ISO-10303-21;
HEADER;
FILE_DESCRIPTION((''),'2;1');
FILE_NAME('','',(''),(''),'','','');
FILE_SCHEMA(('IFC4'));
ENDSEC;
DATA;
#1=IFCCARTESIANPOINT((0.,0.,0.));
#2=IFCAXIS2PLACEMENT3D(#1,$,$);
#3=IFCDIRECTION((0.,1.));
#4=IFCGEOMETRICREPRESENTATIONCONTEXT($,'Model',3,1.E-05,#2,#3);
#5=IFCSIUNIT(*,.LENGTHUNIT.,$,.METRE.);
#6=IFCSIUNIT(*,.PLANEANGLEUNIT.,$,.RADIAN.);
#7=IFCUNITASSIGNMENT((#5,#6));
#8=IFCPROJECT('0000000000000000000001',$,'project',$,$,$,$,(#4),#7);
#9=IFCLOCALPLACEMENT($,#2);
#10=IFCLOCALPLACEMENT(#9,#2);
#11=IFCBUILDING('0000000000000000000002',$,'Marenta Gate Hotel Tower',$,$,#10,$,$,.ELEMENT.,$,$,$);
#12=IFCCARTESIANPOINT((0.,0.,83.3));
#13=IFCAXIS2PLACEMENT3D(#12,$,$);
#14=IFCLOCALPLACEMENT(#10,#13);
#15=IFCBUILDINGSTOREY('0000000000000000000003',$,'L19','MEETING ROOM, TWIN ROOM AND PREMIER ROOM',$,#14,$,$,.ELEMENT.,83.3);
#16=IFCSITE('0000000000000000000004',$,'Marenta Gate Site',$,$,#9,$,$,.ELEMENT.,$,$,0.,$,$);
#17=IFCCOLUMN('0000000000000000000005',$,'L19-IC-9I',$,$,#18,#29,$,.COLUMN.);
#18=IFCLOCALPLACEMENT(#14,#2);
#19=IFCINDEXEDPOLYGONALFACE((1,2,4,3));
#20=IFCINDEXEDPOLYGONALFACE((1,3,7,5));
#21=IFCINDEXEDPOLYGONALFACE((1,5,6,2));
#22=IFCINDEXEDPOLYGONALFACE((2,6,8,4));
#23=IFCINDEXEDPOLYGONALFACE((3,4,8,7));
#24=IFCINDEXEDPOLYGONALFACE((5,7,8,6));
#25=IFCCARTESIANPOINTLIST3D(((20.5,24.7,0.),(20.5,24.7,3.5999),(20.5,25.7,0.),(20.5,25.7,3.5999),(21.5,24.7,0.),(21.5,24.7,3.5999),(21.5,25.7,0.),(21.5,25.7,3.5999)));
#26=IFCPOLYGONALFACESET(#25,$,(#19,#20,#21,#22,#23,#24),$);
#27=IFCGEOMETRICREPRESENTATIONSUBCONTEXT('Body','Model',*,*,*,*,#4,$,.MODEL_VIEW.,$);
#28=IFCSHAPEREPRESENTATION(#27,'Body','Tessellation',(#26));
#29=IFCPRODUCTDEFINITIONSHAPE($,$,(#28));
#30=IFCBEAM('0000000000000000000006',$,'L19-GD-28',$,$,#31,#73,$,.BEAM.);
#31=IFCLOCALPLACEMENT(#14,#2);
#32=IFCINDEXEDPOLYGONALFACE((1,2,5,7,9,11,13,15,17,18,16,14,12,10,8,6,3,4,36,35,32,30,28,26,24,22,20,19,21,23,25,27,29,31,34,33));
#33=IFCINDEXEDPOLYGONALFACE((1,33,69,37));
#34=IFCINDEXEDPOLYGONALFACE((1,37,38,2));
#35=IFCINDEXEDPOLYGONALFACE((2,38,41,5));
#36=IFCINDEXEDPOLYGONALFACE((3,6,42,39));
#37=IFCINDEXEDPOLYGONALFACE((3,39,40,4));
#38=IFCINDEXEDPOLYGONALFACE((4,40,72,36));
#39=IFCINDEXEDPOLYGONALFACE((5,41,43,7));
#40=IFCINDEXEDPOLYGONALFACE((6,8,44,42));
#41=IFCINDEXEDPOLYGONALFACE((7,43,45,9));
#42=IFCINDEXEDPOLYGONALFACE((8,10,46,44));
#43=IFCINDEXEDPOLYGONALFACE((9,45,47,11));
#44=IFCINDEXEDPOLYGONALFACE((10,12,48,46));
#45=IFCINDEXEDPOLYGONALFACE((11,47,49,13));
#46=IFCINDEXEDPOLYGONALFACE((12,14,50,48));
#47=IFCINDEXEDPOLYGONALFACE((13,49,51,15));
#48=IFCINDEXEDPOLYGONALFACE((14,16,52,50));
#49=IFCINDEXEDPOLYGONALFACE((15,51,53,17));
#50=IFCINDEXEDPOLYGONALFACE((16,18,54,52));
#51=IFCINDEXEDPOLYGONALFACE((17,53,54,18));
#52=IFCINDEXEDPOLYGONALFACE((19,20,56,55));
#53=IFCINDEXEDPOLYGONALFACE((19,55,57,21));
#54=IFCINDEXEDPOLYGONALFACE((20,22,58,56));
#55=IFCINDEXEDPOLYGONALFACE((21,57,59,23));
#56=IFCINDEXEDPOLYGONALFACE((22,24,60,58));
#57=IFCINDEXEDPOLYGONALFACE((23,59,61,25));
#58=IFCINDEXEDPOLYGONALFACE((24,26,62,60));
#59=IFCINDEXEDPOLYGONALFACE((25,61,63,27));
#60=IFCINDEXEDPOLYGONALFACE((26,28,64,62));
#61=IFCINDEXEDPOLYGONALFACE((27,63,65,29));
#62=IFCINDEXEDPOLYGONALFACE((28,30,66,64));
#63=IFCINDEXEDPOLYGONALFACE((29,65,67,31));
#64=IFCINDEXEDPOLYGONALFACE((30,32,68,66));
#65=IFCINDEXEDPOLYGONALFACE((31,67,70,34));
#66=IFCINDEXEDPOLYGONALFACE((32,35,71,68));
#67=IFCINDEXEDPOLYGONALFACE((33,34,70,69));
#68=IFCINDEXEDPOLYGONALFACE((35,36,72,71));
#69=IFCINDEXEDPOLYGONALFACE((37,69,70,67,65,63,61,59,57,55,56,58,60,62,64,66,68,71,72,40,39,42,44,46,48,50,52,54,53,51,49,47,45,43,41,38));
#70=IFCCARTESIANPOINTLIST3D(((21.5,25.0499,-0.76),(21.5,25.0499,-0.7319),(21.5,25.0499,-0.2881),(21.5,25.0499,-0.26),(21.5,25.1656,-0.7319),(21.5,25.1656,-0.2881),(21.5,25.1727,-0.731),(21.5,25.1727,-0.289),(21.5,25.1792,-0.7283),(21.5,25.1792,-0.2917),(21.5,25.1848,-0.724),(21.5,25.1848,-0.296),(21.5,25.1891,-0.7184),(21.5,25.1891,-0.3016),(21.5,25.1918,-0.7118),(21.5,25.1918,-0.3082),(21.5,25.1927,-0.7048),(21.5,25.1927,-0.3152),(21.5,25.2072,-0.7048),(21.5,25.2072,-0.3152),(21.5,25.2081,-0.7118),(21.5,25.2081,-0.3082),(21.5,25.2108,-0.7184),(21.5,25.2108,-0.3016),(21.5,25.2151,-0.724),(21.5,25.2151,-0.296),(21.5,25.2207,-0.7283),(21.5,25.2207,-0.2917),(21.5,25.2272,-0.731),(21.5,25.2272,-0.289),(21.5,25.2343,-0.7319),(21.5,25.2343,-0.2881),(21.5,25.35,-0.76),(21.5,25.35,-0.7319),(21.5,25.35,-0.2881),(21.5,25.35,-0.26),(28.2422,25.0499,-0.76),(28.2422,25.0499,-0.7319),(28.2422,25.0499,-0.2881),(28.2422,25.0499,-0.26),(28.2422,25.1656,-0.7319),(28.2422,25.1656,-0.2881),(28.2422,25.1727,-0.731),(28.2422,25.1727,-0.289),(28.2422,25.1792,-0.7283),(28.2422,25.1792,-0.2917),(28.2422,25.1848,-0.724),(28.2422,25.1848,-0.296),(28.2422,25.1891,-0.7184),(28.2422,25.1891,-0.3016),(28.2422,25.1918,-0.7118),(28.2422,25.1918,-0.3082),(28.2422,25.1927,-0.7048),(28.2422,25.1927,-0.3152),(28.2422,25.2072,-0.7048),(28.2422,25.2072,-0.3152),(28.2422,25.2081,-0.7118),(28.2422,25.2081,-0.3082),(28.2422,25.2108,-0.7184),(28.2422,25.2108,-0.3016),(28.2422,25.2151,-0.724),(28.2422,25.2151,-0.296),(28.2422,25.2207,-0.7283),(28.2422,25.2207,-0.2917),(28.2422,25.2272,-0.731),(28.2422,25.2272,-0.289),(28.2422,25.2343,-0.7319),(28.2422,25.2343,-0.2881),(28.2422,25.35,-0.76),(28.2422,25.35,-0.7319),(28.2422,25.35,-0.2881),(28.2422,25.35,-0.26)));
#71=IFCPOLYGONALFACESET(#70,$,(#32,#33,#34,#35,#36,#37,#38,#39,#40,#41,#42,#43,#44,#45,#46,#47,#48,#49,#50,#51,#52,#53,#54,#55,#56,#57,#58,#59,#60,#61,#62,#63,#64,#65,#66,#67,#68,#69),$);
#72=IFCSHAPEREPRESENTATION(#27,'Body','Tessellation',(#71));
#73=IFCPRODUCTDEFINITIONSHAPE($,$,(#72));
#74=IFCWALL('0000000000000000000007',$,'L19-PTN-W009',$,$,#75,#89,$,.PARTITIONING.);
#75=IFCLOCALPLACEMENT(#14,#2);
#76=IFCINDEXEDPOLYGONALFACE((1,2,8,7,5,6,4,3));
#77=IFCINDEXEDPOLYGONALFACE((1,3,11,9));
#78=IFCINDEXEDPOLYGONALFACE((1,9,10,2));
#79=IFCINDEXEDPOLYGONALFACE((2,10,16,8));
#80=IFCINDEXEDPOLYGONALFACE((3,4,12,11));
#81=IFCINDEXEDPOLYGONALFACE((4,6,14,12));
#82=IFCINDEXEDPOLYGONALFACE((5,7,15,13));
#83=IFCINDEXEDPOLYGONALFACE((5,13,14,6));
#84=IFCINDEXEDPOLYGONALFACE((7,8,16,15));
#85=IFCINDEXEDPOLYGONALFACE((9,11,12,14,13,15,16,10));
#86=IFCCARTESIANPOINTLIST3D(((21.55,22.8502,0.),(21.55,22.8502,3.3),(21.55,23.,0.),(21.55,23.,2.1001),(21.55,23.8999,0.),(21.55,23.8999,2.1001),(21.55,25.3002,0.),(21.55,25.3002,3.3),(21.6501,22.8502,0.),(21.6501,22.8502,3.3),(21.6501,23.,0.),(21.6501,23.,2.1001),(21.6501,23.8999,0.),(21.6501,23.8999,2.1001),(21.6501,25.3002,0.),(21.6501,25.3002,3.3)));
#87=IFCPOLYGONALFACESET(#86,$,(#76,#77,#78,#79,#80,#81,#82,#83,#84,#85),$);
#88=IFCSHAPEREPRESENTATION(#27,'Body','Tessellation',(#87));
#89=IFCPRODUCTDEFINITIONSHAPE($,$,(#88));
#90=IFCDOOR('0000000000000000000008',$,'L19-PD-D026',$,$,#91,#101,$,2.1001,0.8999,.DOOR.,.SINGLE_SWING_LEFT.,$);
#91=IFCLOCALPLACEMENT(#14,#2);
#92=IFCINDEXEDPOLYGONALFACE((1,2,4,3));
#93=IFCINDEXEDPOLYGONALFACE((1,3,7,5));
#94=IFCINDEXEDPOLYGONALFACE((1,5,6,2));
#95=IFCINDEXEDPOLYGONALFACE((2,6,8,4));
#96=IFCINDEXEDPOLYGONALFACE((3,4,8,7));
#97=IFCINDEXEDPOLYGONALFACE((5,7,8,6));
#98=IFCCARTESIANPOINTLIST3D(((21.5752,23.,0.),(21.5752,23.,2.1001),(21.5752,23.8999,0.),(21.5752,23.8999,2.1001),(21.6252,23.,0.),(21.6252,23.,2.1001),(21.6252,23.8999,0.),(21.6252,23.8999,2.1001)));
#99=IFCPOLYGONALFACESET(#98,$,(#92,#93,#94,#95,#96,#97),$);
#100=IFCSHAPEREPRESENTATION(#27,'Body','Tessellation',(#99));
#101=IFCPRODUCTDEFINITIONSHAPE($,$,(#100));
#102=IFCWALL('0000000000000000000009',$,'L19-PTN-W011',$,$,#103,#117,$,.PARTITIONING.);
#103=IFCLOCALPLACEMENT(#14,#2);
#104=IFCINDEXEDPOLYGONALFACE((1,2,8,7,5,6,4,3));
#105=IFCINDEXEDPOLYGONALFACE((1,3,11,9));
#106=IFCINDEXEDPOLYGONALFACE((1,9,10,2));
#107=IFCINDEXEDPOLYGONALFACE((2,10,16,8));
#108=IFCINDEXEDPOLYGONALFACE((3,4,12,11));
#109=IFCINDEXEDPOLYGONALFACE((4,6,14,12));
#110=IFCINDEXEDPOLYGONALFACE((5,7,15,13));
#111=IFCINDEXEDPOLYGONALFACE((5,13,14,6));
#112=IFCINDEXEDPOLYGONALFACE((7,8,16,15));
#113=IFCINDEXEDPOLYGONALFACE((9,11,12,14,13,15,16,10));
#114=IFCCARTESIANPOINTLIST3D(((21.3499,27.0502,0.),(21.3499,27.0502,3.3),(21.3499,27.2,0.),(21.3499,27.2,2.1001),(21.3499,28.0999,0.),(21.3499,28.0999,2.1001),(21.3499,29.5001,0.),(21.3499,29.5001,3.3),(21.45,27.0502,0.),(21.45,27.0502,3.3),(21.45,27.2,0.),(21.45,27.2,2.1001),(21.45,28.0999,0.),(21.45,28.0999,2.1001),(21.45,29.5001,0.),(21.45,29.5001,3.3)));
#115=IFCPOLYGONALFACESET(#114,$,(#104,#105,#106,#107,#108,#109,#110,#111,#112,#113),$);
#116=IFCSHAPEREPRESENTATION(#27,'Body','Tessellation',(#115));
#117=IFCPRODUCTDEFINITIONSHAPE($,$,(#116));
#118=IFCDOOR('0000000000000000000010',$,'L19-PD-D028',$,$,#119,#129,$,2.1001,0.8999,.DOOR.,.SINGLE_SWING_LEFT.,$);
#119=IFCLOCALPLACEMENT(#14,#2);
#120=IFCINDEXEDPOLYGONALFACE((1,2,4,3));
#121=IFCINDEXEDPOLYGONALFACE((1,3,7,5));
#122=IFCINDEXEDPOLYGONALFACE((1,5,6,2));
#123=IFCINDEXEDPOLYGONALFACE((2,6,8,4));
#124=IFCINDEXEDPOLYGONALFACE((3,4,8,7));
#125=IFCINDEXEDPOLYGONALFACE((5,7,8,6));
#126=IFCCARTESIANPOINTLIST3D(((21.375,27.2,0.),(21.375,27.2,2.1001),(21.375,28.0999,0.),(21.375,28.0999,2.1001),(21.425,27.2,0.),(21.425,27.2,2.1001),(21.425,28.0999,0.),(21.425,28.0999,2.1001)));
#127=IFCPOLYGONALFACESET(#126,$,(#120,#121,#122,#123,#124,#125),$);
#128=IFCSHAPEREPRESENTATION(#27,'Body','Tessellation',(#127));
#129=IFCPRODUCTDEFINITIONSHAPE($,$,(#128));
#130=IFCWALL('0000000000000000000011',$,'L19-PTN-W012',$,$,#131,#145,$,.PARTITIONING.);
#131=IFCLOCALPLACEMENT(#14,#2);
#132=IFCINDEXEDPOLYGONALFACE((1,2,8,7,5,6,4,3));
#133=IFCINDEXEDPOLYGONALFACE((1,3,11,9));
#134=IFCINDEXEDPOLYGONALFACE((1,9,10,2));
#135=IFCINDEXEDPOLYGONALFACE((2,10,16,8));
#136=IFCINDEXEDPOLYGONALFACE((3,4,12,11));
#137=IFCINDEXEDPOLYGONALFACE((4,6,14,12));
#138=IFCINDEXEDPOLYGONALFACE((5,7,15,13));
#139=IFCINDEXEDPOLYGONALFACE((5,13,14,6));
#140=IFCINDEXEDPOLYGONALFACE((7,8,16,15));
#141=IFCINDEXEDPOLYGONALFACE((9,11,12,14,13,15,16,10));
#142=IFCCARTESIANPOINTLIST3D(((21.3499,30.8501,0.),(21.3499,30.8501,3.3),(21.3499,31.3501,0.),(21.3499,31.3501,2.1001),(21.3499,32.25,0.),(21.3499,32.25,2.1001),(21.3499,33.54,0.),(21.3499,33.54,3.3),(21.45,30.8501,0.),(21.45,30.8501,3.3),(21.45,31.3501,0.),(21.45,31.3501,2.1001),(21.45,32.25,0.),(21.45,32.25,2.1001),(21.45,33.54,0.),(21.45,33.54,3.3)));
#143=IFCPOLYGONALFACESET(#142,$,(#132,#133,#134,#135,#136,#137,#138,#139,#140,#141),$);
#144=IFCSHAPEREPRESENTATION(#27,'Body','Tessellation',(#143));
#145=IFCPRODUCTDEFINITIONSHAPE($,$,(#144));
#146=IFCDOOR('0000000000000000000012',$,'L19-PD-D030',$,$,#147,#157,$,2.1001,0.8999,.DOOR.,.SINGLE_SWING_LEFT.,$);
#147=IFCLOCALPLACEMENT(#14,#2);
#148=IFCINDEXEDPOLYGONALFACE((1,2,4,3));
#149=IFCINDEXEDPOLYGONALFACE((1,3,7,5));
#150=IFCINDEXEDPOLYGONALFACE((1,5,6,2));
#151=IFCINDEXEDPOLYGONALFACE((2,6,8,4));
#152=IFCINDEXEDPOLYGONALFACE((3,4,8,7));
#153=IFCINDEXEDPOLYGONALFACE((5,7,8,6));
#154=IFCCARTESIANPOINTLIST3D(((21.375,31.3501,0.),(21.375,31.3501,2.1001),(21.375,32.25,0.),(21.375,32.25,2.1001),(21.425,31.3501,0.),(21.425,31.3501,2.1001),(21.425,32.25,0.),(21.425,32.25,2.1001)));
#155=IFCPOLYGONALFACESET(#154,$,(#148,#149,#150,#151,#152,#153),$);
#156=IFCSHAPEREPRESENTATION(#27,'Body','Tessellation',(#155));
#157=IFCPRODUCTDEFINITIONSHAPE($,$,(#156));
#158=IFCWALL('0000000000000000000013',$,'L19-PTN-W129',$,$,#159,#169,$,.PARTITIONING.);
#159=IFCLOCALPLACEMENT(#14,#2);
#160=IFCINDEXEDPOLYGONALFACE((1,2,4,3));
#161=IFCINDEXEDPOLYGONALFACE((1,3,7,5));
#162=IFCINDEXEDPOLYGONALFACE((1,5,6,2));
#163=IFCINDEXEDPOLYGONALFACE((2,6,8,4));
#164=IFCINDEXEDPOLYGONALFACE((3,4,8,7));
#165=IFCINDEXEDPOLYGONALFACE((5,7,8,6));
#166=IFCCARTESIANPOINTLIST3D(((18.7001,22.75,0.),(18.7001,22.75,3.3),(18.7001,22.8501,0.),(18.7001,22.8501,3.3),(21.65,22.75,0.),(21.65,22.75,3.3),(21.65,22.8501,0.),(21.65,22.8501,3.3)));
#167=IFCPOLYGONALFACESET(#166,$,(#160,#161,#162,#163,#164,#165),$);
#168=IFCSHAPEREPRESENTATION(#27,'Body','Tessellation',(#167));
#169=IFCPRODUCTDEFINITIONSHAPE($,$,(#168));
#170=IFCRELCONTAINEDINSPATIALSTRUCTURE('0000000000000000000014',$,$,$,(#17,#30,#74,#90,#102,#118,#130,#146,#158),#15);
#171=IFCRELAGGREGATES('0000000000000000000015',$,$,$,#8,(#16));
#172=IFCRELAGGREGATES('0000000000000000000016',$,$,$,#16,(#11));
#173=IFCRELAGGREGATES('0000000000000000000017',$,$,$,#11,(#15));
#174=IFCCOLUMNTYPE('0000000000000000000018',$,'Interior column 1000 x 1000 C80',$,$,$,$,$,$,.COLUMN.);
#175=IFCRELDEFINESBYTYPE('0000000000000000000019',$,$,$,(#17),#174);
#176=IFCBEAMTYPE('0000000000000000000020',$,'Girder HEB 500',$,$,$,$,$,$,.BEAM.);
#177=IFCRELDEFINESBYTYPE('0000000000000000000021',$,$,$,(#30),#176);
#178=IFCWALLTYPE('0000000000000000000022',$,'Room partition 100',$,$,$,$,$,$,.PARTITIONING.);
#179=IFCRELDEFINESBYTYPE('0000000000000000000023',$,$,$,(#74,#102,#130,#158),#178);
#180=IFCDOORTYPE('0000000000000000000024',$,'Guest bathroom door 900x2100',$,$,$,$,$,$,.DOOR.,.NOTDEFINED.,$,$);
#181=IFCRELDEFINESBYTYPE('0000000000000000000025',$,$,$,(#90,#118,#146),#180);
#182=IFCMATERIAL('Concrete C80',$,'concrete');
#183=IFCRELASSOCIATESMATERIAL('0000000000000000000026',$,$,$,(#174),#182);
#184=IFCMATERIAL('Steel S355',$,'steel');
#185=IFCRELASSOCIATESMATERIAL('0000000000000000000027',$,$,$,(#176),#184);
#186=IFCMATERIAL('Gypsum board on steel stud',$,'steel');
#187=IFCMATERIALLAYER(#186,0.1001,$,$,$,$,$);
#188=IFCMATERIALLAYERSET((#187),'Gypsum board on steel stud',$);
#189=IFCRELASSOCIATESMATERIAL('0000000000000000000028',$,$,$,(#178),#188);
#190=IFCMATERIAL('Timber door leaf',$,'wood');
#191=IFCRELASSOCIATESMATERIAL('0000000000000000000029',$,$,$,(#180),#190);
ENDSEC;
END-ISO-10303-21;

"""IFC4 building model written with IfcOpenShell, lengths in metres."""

from ifc_helpers import new_model, si_unit, direction, frame, frame_2d, origin, origin_2d, place, context, subcontext, project, spatial, rectangle, i_section, extrude, material, layer, layer_set, material_profile, profile_set, type_object, element, fill, save


model = new_model("IFC4")

# Units and contexts
model_context = context("Model", 3, precision=1e-05, world=origin(), true_north=direction((0.0, 1.0)))
body_context = subcontext(model_context, "Body", "Model", "MODEL_VIEW")
ifc_project = project(units=[si_unit("LENGTHUNIT", "METRE"), si_unit("PLANEANGLEUNIT", "RADIAN")], contexts=[model_context])

# Site, building, storey
site_placement = place(None, origin())
site = spatial("IfcSite", under=ifc_project, at=site_placement, Name="Marenta Gate Site", CompositionType="ELEMENT", RefElevation=0.0)
building_placement = place(site_placement, origin())
building = spatial("IfcBuilding", under=site, at=building_placement, Name="Marenta Gate Hotel Tower", CompositionType="ELEMENT")
storey_placement = place(building_placement, frame((0.0, 0.0, 83.3)))
storey = spatial("IfcBuildingStorey", under=building, at=storey_placement, Name="L19", Description="MEETING ROOM, TWIN ROOM AND PREMIER ROOM", CompositionType="ELEMENT", Elevation=83.3)

# Column
ifc_material_1 = material(Name="Concrete C80", Category="concrete")
ifc_material_profile_1 = material_profile(ifc_material_1, rectangle(XDim=1.0, YDim=1.0, at=origin_2d()), Name="1000 x 1000")
ifc_profile_set_1 = profile_set([ifc_material_profile_1], Name="Concrete C80")
column_type = type_object("IfcColumnType", Name="Interior column 1000 x 1000 C80", PredefinedType="COLUMN", material=ifc_profile_set_1)
column_placement = place(storey_placement, frame((21.0, 25.2, 0.0), z_axis=(0.0, 0.0, 1.0), x_axis=(1.0, 0.0, 0.0)))
element("IfcColumn", 1, at=column_placement, inside=storey, type_object=column_type, Name="L19-IC-9I", PredefinedType="COLUMN", context=body_context, shape_type="SweptSolid", body=[
    extrude(rectangle(XDim=1.0, YDim=1.0, at=origin_2d()), origin(), (0.0, 0.0, 1.0), 3.5999),
])

# Beam
ifc_material_2 = material(Name="Steel S355", Category="steel")
ifc_material_profile_2 = material_profile(ifc_material_2, i_section(OverallWidth=0.3, OverallDepth=0.5, WebThickness=0.0144, FlangeThickness=0.0281, FilletRadius=0.0271, at=origin_2d()), Name="HEB 500")
ifc_profile_set_2 = profile_set([ifc_material_profile_2], Name="Steel S355")
beam_type = type_object("IfcBeamType", Name="Girder HEB 500", PredefinedType="BEAM", material=ifc_profile_set_2)
beam_placement = place(storey_placement, frame((21.5, 25.2, -0.51), z_axis=(1.0, 0.0, 0.0), x_axis=(0.0, 1.0, 0.0)))
element("IfcBeam", 2, at=beam_placement, inside=storey, type_object=beam_type, Name="L19-GD-28", PredefinedType="BEAM", context=body_context, shape_type="SweptSolid", body=[
    extrude(i_section(OverallWidth=0.3, OverallDepth=0.5, WebThickness=0.0144, FlangeThickness=0.0281, FilletRadius=0.0271, at=origin_2d()), origin(), (0.0, 0.0, 1.0), 6.7422),
])

# Walls, openings, doors
ifc_material_3 = material(Name="Gypsum board on steel stud", Category="steel")
ifc_layer_1 = layer(ifc_material_3, 0.1001)
ifc_layer_set_1 = layer_set([ifc_layer_1], Name="Gypsum board on steel stud")
wall_type_1 = type_object("IfcWallType", Name="Room partition 100", PredefinedType="PARTITIONING", material=ifc_layer_set_1)
wall_1_placement = place(storey_placement, frame((21.6001, 22.8501, 0.0), z_axis=(0.0, 0.0, 1.0), x_axis=(0.0, 1.0, 0.0)))
wall_1 = element("IfcWall", 3, at=wall_1_placement, inside=storey, type_object=wall_type_1, Name="L19-PTN-W009", PredefinedType="PARTITIONING", context=body_context, shape_type="SweptSolid", body=[
    extrude(rectangle(XDim=2.45, YDim=0.1001, at=frame_2d((1.2251, 0.0))), origin(), (0.0, 0.0, 1.0), 3.3),
])
opening_1_placement = place(wall_1_placement, frame((0.1499, 0.0, 0.0)))
opening_1 = element("IfcOpeningElement", 4, at=opening_1_placement, cuts=wall_1, PredefinedType="OPENING", context=body_context, shape_type="SweptSolid", body=[
    extrude(rectangle(XDim=0.8999, YDim=2.1001, at=frame_2d((0.45, 1.05))), frame((0.0, 0.05, 0.0), z_axis=(0.0, -1.0, 0.0), x_axis=(1.0, 0.0, 0.0)), (0.0, 0.0, 1.0), 0.1001),
])
ifc_material_4 = material(Name="Timber door leaf", Category="wood")
door_type = type_object("IfcDoorType", Name="Guest bathroom door 900x2100", OperationType="NOTDEFINED", PredefinedType="DOOR", material=ifc_material_4)
door_1_placement = place(opening_1_placement, origin())
door_1 = element("IfcDoor", 5, at=door_1_placement, inside=storey, type_object=door_type, Name="L19-PD-D026", OperationType="SINGLE_SWING_LEFT", OverallHeight=2.1001, OverallWidth=0.8999, PredefinedType="DOOR", context=body_context, shape_type="SweptSolid", body=[
    extrude(rectangle(XDim=0.8999, YDim=2.1001, at=frame_2d((0.45, 1.05))), frame((0.0, 0.0249, 0.0), z_axis=(0.0, -1.0, 0.0), x_axis=(1.0, 0.0, 0.0)), (0.0, 0.0, 1.0), 0.05),
])
fill(opening_1, door_1)
wall_2_placement = place(storey_placement, frame((21.3999, 27.05, 0.0), z_axis=(0.0, 0.0, 1.0), x_axis=(0.0, 1.0, 0.0)))
wall_2 = element("IfcWall", 6, at=wall_2_placement, inside=storey, type_object=wall_type_1, Name="L19-PTN-W011", PredefinedType="PARTITIONING", context=body_context, shape_type="SweptSolid", body=[
    extrude(rectangle(XDim=2.45, YDim=0.1001, at=frame_2d((1.2251, 0.0))), origin(), (0.0, 0.0, 1.0), 3.3),
])
opening_2_placement = place(wall_2_placement, frame((0.1499, 0.0, 0.0)))
opening_2 = element("IfcOpeningElement", 7, at=opening_2_placement, cuts=wall_2, PredefinedType="OPENING", context=body_context, shape_type="SweptSolid", body=[
    extrude(rectangle(XDim=0.8999, YDim=2.1001, at=frame_2d((0.45, 1.05))), frame((0.0, 0.05, 0.0), z_axis=(0.0, -1.0, 0.0), x_axis=(1.0, 0.0, 0.0)), (0.0, 0.0, 1.0), 0.1001),
])
door_2_placement = place(opening_2_placement, origin())
door_2 = element("IfcDoor", 8, at=door_2_placement, inside=storey, type_object=door_type, Name="L19-PD-D028", OperationType="SINGLE_SWING_LEFT", OverallHeight=2.1001, OverallWidth=0.8999, PredefinedType="DOOR", context=body_context, shape_type="SweptSolid", body=[
    extrude(rectangle(XDim=0.8999, YDim=2.1001, at=frame_2d((0.45, 1.05))), frame((0.0, 0.0249, 0.0), z_axis=(0.0, -1.0, 0.0), x_axis=(1.0, 0.0, 0.0)), (0.0, 0.0, 1.0), 0.05),
])
fill(opening_2, door_2)
wall_3_placement = place(storey_placement, frame((21.3999, 30.8501, 0.0), z_axis=(0.0, 0.0, 1.0), x_axis=(0.0, 1.0, 0.0)))
wall_3 = element("IfcWall", 9, at=wall_3_placement, inside=storey, type_object=wall_type_1, Name="L19-PTN-W012", PredefinedType="PARTITIONING", context=body_context, shape_type="SweptSolid", body=[
    extrude(rectangle(XDim=2.6899, YDim=0.1001, at=frame_2d((1.345, 0.0))), origin(), (0.0, 0.0, 1.0), 3.3),
])
opening_3_placement = place(wall_3_placement, frame((0.5, 0.0, 0.0)))
opening_3 = element("IfcOpeningElement", 10, at=opening_3_placement, cuts=wall_3, PredefinedType="OPENING", context=body_context, shape_type="SweptSolid", body=[
    extrude(rectangle(XDim=0.8999, YDim=2.1001, at=frame_2d((0.45, 1.05))), frame((0.0, 0.05, 0.0), z_axis=(0.0, -1.0, 0.0), x_axis=(1.0, 0.0, 0.0)), (0.0, 0.0, 1.0), 0.1001),
])
door_3_placement = place(opening_3_placement, origin())
door_3 = element("IfcDoor", 11, at=door_3_placement, inside=storey, type_object=door_type, Name="L19-PD-D030", OperationType="SINGLE_SWING_LEFT", OverallHeight=2.1001, OverallWidth=0.8999, PredefinedType="DOOR", context=body_context, shape_type="SweptSolid", body=[
    extrude(rectangle(XDim=0.8999, YDim=2.1001, at=frame_2d((0.45, 1.05))), frame((0.0, 0.0249, 0.0), z_axis=(0.0, -1.0, 0.0), x_axis=(1.0, 0.0, 0.0)), (0.0, 0.0, 1.0), 0.05),
])
fill(opening_3, door_3)

# Wall
wall_4_placement = place(storey_placement, frame((18.7, 22.8, 0.0), z_axis=(0.0, 0.0, 1.0), x_axis=(1.0, 0.0, 0.0)))
element("IfcWall", 12, at=wall_4_placement, inside=storey, type_object=wall_type_1, Name="L19-PTN-W129", PredefinedType="PARTITIONING", context=body_context, shape_type="SweptSolid", body=[
    extrude(rectangle(XDim=2.95, YDim=0.1001, at=frame_2d((1.4751, 0.0))), origin(), (0.0, 0.0, 1.0), 3.3),
])

save(model, "model.ifc")
